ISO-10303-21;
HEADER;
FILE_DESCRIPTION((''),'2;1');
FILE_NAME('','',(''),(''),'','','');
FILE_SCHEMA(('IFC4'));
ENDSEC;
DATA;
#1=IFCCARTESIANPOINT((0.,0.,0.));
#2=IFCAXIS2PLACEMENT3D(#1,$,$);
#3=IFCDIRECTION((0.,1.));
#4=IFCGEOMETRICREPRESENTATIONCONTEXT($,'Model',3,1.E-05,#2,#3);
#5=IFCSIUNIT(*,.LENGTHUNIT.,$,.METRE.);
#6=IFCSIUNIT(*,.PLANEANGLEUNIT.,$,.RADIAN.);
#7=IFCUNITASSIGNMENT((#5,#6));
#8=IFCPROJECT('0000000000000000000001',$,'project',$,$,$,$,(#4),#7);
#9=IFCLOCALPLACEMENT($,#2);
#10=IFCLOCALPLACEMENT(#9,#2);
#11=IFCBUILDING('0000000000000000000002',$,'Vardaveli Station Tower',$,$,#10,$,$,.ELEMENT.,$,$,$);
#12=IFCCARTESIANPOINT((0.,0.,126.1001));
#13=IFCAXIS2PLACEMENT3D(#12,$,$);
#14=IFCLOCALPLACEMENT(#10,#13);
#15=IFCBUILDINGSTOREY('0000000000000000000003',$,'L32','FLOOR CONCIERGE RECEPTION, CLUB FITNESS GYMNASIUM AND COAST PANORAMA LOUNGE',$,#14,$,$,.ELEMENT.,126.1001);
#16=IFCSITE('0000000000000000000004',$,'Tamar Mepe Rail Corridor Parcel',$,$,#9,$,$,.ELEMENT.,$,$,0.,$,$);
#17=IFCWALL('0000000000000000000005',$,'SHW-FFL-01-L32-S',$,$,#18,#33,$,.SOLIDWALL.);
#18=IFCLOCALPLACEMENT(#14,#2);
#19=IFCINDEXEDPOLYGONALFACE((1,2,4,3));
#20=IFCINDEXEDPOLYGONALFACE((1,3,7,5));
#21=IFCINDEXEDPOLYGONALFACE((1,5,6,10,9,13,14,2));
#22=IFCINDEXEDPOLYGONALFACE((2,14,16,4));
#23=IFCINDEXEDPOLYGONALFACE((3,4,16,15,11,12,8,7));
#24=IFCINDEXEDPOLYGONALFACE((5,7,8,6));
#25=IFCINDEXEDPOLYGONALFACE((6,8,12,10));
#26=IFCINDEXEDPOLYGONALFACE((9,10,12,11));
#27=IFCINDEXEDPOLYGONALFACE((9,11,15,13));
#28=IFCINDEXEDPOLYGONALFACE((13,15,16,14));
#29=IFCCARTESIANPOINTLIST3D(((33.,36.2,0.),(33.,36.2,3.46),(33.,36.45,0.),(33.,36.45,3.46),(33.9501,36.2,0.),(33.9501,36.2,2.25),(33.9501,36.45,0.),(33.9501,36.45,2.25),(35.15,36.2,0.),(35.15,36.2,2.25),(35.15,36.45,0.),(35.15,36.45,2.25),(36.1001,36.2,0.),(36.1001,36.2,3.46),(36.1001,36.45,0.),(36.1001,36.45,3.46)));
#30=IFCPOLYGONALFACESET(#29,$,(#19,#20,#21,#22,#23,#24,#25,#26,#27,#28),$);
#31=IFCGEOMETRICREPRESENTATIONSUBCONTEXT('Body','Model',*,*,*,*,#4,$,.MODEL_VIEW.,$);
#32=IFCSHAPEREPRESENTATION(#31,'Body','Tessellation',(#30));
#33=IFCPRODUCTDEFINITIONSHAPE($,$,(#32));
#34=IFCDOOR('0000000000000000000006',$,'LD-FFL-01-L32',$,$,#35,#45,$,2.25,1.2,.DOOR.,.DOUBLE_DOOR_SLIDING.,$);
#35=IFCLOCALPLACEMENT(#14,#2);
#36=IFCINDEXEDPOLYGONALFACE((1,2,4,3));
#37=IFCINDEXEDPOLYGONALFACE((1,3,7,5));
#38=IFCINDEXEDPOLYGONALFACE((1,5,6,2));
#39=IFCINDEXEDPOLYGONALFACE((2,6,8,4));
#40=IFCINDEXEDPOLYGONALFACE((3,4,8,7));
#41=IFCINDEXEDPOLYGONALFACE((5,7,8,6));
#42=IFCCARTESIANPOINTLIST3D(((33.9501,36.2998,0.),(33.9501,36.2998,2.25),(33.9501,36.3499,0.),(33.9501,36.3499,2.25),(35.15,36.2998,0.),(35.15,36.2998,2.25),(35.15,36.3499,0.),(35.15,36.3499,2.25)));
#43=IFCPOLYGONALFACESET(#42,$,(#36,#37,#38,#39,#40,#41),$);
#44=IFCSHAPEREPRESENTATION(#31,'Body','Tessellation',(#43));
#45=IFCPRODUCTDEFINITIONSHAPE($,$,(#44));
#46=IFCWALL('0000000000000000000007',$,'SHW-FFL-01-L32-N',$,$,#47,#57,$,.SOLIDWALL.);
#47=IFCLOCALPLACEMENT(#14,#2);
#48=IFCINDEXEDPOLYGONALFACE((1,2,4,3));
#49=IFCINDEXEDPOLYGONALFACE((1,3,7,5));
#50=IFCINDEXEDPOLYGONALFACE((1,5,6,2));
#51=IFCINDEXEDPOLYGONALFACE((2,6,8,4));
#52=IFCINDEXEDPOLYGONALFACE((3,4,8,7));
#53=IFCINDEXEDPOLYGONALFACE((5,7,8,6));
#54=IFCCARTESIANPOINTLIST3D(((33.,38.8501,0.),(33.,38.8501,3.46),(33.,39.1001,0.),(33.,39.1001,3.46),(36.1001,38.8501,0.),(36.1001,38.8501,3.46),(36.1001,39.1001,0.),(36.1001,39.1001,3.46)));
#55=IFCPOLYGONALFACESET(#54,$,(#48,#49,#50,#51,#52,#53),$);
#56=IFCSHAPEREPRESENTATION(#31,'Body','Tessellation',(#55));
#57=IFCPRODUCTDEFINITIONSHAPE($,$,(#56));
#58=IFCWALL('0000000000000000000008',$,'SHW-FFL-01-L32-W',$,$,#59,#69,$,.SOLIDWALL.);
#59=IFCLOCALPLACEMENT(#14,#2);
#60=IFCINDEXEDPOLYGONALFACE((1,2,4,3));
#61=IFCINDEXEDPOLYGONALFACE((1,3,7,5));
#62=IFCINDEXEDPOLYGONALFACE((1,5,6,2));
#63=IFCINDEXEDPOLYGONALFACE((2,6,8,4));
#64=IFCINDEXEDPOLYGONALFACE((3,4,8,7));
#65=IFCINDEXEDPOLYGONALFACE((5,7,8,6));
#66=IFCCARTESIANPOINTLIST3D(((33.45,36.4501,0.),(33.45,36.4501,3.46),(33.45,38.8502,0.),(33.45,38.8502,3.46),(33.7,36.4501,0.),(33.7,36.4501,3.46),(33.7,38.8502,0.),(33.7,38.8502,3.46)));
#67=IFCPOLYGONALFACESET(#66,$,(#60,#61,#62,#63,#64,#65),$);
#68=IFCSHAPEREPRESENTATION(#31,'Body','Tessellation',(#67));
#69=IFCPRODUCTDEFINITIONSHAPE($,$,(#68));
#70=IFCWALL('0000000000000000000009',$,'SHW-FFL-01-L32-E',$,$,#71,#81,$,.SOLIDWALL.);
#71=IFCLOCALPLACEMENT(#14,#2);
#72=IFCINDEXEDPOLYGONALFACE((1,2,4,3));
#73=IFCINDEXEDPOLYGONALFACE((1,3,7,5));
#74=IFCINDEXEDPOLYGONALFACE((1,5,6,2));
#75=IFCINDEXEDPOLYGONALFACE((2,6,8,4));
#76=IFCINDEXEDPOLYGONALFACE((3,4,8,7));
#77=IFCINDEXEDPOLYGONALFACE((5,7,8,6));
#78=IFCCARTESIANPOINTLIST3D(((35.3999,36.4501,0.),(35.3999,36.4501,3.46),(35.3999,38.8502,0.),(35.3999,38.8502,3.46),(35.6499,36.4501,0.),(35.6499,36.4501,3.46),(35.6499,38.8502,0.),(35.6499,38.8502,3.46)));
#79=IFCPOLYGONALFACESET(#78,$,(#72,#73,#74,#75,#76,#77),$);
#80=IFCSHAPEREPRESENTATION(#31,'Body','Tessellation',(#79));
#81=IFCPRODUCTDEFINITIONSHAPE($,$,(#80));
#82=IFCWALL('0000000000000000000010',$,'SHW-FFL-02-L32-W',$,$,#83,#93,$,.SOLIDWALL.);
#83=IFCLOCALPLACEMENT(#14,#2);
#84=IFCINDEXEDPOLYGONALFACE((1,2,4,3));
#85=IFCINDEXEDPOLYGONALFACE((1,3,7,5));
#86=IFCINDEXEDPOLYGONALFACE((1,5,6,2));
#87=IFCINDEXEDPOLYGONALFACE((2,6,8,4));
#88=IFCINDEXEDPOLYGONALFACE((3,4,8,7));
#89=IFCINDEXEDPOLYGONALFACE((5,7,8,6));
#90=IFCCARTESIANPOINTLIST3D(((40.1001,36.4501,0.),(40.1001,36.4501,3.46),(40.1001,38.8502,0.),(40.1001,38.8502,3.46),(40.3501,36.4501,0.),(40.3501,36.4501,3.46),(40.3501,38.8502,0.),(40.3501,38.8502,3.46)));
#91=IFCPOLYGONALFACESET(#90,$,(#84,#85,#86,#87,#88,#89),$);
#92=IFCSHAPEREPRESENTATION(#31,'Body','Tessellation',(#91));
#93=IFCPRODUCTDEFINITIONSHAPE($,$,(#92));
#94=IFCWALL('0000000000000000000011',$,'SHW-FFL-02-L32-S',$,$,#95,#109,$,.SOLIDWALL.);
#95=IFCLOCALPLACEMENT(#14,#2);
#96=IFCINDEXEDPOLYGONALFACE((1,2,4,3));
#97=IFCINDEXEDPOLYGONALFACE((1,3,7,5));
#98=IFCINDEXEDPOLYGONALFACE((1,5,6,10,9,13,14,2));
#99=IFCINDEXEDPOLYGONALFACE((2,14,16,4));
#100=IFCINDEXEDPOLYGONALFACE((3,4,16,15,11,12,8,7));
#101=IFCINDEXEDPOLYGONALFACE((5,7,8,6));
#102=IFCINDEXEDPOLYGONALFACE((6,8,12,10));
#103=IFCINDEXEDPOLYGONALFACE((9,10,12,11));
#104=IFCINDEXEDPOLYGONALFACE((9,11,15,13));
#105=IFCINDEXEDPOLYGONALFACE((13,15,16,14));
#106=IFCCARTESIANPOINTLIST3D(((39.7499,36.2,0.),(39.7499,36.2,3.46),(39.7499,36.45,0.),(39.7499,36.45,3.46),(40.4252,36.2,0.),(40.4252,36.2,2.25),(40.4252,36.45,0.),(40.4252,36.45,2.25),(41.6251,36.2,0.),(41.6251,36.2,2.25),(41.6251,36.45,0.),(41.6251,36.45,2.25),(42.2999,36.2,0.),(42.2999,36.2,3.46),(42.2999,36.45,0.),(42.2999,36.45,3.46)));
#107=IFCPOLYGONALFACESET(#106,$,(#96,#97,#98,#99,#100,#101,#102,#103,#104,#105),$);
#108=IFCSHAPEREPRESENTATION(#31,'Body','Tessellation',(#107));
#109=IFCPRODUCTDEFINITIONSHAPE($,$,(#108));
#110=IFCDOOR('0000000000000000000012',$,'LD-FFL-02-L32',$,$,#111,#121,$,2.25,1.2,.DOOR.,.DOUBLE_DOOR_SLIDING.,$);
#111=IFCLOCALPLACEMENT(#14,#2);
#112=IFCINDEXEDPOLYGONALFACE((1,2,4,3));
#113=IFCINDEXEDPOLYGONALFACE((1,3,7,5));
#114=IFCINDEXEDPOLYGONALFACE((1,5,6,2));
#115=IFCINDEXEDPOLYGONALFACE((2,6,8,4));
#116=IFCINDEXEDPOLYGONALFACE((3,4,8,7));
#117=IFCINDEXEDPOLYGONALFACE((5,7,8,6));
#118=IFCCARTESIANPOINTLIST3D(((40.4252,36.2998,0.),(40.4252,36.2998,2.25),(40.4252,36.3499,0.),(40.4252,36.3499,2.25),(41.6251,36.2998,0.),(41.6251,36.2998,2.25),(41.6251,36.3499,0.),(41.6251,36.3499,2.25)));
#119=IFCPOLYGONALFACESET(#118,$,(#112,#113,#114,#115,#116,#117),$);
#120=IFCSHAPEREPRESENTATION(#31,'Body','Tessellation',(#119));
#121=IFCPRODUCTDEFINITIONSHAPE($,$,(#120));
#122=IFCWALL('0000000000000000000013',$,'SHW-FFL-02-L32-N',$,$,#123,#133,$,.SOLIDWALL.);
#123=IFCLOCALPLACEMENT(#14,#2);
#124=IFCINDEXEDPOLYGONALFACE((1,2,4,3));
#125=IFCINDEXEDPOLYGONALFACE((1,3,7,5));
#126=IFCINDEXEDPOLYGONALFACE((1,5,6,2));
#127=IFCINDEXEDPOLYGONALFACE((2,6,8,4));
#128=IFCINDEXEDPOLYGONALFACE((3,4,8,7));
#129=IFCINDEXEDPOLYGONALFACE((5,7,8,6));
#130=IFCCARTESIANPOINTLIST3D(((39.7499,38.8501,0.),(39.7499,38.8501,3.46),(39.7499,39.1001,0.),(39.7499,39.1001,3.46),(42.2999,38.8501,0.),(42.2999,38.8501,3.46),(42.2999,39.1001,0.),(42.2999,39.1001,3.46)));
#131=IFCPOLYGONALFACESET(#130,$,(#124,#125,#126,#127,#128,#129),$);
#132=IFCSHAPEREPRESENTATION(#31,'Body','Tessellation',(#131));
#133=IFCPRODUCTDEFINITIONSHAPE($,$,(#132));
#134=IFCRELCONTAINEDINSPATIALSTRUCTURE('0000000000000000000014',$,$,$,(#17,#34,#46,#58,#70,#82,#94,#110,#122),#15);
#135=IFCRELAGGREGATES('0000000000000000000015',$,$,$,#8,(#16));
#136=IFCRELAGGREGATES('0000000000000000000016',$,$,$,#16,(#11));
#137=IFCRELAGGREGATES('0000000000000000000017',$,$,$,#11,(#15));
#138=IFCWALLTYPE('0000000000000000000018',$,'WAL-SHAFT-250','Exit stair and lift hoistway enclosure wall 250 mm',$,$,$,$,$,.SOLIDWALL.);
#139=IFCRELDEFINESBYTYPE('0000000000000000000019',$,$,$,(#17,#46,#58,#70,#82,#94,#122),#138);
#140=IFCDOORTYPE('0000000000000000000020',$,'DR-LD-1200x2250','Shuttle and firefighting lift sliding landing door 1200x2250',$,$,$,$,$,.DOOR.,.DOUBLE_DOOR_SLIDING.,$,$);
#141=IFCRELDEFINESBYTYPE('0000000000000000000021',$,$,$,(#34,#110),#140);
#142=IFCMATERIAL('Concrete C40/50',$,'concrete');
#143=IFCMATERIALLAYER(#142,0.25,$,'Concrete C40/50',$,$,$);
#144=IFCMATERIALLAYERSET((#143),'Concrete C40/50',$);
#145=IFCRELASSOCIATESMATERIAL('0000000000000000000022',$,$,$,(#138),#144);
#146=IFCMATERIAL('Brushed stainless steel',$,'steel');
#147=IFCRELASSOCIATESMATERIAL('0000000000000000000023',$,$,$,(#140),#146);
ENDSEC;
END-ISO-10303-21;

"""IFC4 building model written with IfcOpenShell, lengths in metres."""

from ifc_helpers import new_model, si_unit, direction, frame, frame_2d, origin, place, context, subcontext, project, spatial, rectangle, extrude, source, transform, mapped, material, layer, layer_set, type_object, element, fill, save


model = new_model("IFC4")

# Units and contexts
model_context = context("Model", 3, precision=1e-05, world=origin(), true_north=direction((0.0, 1.0)))
body_context = subcontext(model_context, "Body", "Model", "MODEL_VIEW")
ifc_project = project(units=[si_unit("LENGTHUNIT", "METRE"), si_unit("PLANEANGLEUNIT", "RADIAN")], contexts=[model_context])

# Site, building, storey
site_placement = place(None, origin())
site = spatial("IfcSite", under=ifc_project, at=site_placement, Name="Tamar Mepe Rail Corridor Parcel", CompositionType="ELEMENT", RefElevation=0.0)
building_placement = place(site_placement, origin())
building = spatial("IfcBuilding", under=site, at=building_placement, Name="Vardaveli Station Tower", CompositionType="ELEMENT")
storey_placement = place(building_placement, frame((0.0, 0.0, 126.1001)))
storey = spatial("IfcBuildingStorey", under=building, at=storey_placement, Name="L32", Description="FLOOR CONCIERGE RECEPTION, CLUB FITNESS GYMNASIUM AND COAST PANORAMA LOUNGE", CompositionType="ELEMENT", Elevation=126.1001)

# Shared definitions
ifc_material_1 = material(Name="Concrete C40/50", Category="concrete")
ifc_layer_1 = layer(ifc_material_1, 0.25, Name="Concrete C40/50")
ifc_layer_set_1 = layer_set([ifc_layer_1], Name="Concrete C40/50")
wall_type = type_object("IfcWallType", Name="WAL-SHAFT-250", Description="Exit stair and lift hoistway enclosure wall 250 mm", PredefinedType="SOLIDWALL", material=ifc_layer_set_1)

# Wall, opening, door
shared_shape_1 = source(origin(), body_context, "Body", "SweptSolid", [
    extrude(rectangle(XDim=3.1001, YDim=0.25, at=frame_2d((1.55, 0.0))), origin(), (0.0, 0.0, 1.0), 3.46),
])
wall_1_placement = place(storey_placement, frame((33.0, 36.325, 0.0), z_axis=(0.0, 0.0, 1.0), x_axis=(1.0, 0.0, 0.0)))
wall_1 = element("IfcWall", 1, at=wall_1_placement, inside=storey, type_object=wall_type, Name="SHW-FFL-01-L32-S", PredefinedType="SOLIDWALL", context=body_context, shape_type="MappedRepresentation", body=[
    mapped(shared_shape_1, transform((0.0, 0.0, 0.0), scale=1.0)),
])
shared_shape_2 = source(origin(), body_context, "Body", "SweptSolid", [
    extrude(rectangle(XDim=1.2, YDim=2.25, at=frame_2d((0.6001, 1.125))), frame((0.0, 0.135, 0.0), z_axis=(0.0, -1.0, 0.0), x_axis=(1.0, 0.0, 0.0)), (0.0, 0.0, 1.0), 0.27),
])
opening_1_placement = place(wall_1_placement, frame((0.95, 0.0, 0.0)))
opening_1 = element("IfcOpeningElement", 2, at=opening_1_placement, cuts=wall_1, PredefinedType="OPENING", context=body_context, shape_type="MappedRepresentation", body=[
    mapped(shared_shape_2, transform((0.0, 0.0, 0.0), scale=1.0)),
])
ifc_material_2 = material(Name="Brushed stainless steel", Category="steel")
door_type = type_object("IfcDoorType", Name="DR-LD-1200x2250", Description="Shuttle and firefighting lift sliding landing door 1200x2250", OperationType="DOUBLE_DOOR_SLIDING", PredefinedType="DOOR", material=ifc_material_2)
shared_shape_3 = source(origin(), body_context, "Body", "SweptSolid", [
    extrude(rectangle(XDim=1.2, YDim=2.25, at=frame_2d((0.6001, 1.125))), frame((0.0, 0.0249, 0.0), z_axis=(0.0, -1.0, 0.0), x_axis=(1.0, 0.0, 0.0)), (0.0, 0.0, 1.0), 0.05),
])
door_1_placement = place(opening_1_placement, origin())
door_1 = element("IfcDoor", 3, at=door_1_placement, inside=storey, type_object=door_type, Name="LD-FFL-01-L32", OperationType="DOUBLE_DOOR_SLIDING", OverallHeight=2.25, OverallWidth=1.2, PredefinedType="DOOR", context=body_context, shape_type="MappedRepresentation", body=[
    mapped(shared_shape_3, transform((0.0, 0.0, 0.0), scale=1.0)),
])
fill(opening_1, door_1)

# Walls
wall_2_placement = place(storey_placement, frame((33.0, 38.9751, 0.0), z_axis=(0.0, 0.0, 1.0), x_axis=(1.0, 0.0, 0.0)))
element("IfcWall", 4, at=wall_2_placement, inside=storey, type_object=wall_type, Name="SHW-FFL-01-L32-N", PredefinedType="SOLIDWALL", context=body_context, shape_type="MappedRepresentation", body=[
    mapped(shared_shape_1, transform((0.0, 0.0, 0.0), scale=1.0)),
])
shared_shape_4 = source(origin(), body_context, "Body", "SweptSolid", [
    extrude(rectangle(XDim=2.4001, YDim=0.25, at=frame_2d((1.2002, 0.0))), origin(), (0.0, 0.0, 1.0), 3.46),
])
for number, where, z_axis, x_axis, name in (
    (5, (33.575, 36.45, 0.0), (0.0, 0.0, 1.0), (0.0, 1.0, 0.0), "SHW-FFL-01-L32-W"),
    (6, (35.5249, 36.45, 0.0), (0.0, 0.0, 1.0), (0.0, 1.0, 0.0), "SHW-FFL-01-L32-E"),
    (7, (40.2251, 36.45, 0.0), (0.0, 0.0, 1.0), (0.0, 1.0, 0.0), "SHW-FFL-02-L32-W"),
):
    element("IfcWall", number, at=place(storey_placement, frame(where, z_axis=z_axis, x_axis=x_axis)), inside=storey, type_object=wall_type, Name=name, PredefinedType="SOLIDWALL", context=body_context, shape_type="MappedRepresentation", body=[
        mapped(shared_shape_4, transform((0.0, 0.0, 0.0), scale=1.0)),
    ])

# Wall, opening, door
shared_shape_5 = source(origin(), body_context, "Body", "SweptSolid", [
    extrude(rectangle(XDim=2.55, YDim=0.25, at=frame_2d((1.2749, 0.0))), origin(), (0.0, 0.0, 1.0), 3.46),
])
wall_3_placement = place(storey_placement, frame((39.75, 36.325, 0.0), z_axis=(0.0, 0.0, 1.0), x_axis=(1.0, 0.0, 0.0)))
wall_3 = element("IfcWall", 8, at=wall_3_placement, inside=storey, type_object=wall_type, Name="SHW-FFL-02-L32-S", PredefinedType="SOLIDWALL", context=body_context, shape_type="MappedRepresentation", body=[
    mapped(shared_shape_5, transform((0.0, 0.0, 0.0), scale=1.0)),
])
opening_2_placement = place(wall_3_placement, frame((0.675, 0.0, 0.0)))
opening_2 = element("IfcOpeningElement", 9, at=opening_2_placement, cuts=wall_3, PredefinedType="OPENING", context=body_context, shape_type="MappedRepresentation", body=[
    mapped(shared_shape_2, transform((0.0, 0.0, 0.0), scale=1.0)),
])
door_2_placement = place(opening_2_placement, origin())
door_2 = element("IfcDoor", 10, at=door_2_placement, inside=storey, type_object=door_type, Name="LD-FFL-02-L32", OperationType="DOUBLE_DOOR_SLIDING", OverallHeight=2.25, OverallWidth=1.2, PredefinedType="DOOR", context=body_context, shape_type="MappedRepresentation", body=[
    mapped(shared_shape_3, transform((0.0, 0.0, 0.0), scale=1.0)),
])
fill(opening_2, door_2)

# Wall
wall_4_placement = place(storey_placement, frame((39.75, 38.9751, 0.0), z_axis=(0.0, 0.0, 1.0), x_axis=(1.0, 0.0, 0.0)))
element("IfcWall", 11, at=wall_4_placement, inside=storey, type_object=wall_type, Name="SHW-FFL-02-L32-N", PredefinedType="SOLIDWALL", context=body_context, shape_type="MappedRepresentation", body=[
    mapped(shared_shape_5, transform((0.0, 0.0, 0.0), scale=1.0)),
])

save(model, "model.ifc")
